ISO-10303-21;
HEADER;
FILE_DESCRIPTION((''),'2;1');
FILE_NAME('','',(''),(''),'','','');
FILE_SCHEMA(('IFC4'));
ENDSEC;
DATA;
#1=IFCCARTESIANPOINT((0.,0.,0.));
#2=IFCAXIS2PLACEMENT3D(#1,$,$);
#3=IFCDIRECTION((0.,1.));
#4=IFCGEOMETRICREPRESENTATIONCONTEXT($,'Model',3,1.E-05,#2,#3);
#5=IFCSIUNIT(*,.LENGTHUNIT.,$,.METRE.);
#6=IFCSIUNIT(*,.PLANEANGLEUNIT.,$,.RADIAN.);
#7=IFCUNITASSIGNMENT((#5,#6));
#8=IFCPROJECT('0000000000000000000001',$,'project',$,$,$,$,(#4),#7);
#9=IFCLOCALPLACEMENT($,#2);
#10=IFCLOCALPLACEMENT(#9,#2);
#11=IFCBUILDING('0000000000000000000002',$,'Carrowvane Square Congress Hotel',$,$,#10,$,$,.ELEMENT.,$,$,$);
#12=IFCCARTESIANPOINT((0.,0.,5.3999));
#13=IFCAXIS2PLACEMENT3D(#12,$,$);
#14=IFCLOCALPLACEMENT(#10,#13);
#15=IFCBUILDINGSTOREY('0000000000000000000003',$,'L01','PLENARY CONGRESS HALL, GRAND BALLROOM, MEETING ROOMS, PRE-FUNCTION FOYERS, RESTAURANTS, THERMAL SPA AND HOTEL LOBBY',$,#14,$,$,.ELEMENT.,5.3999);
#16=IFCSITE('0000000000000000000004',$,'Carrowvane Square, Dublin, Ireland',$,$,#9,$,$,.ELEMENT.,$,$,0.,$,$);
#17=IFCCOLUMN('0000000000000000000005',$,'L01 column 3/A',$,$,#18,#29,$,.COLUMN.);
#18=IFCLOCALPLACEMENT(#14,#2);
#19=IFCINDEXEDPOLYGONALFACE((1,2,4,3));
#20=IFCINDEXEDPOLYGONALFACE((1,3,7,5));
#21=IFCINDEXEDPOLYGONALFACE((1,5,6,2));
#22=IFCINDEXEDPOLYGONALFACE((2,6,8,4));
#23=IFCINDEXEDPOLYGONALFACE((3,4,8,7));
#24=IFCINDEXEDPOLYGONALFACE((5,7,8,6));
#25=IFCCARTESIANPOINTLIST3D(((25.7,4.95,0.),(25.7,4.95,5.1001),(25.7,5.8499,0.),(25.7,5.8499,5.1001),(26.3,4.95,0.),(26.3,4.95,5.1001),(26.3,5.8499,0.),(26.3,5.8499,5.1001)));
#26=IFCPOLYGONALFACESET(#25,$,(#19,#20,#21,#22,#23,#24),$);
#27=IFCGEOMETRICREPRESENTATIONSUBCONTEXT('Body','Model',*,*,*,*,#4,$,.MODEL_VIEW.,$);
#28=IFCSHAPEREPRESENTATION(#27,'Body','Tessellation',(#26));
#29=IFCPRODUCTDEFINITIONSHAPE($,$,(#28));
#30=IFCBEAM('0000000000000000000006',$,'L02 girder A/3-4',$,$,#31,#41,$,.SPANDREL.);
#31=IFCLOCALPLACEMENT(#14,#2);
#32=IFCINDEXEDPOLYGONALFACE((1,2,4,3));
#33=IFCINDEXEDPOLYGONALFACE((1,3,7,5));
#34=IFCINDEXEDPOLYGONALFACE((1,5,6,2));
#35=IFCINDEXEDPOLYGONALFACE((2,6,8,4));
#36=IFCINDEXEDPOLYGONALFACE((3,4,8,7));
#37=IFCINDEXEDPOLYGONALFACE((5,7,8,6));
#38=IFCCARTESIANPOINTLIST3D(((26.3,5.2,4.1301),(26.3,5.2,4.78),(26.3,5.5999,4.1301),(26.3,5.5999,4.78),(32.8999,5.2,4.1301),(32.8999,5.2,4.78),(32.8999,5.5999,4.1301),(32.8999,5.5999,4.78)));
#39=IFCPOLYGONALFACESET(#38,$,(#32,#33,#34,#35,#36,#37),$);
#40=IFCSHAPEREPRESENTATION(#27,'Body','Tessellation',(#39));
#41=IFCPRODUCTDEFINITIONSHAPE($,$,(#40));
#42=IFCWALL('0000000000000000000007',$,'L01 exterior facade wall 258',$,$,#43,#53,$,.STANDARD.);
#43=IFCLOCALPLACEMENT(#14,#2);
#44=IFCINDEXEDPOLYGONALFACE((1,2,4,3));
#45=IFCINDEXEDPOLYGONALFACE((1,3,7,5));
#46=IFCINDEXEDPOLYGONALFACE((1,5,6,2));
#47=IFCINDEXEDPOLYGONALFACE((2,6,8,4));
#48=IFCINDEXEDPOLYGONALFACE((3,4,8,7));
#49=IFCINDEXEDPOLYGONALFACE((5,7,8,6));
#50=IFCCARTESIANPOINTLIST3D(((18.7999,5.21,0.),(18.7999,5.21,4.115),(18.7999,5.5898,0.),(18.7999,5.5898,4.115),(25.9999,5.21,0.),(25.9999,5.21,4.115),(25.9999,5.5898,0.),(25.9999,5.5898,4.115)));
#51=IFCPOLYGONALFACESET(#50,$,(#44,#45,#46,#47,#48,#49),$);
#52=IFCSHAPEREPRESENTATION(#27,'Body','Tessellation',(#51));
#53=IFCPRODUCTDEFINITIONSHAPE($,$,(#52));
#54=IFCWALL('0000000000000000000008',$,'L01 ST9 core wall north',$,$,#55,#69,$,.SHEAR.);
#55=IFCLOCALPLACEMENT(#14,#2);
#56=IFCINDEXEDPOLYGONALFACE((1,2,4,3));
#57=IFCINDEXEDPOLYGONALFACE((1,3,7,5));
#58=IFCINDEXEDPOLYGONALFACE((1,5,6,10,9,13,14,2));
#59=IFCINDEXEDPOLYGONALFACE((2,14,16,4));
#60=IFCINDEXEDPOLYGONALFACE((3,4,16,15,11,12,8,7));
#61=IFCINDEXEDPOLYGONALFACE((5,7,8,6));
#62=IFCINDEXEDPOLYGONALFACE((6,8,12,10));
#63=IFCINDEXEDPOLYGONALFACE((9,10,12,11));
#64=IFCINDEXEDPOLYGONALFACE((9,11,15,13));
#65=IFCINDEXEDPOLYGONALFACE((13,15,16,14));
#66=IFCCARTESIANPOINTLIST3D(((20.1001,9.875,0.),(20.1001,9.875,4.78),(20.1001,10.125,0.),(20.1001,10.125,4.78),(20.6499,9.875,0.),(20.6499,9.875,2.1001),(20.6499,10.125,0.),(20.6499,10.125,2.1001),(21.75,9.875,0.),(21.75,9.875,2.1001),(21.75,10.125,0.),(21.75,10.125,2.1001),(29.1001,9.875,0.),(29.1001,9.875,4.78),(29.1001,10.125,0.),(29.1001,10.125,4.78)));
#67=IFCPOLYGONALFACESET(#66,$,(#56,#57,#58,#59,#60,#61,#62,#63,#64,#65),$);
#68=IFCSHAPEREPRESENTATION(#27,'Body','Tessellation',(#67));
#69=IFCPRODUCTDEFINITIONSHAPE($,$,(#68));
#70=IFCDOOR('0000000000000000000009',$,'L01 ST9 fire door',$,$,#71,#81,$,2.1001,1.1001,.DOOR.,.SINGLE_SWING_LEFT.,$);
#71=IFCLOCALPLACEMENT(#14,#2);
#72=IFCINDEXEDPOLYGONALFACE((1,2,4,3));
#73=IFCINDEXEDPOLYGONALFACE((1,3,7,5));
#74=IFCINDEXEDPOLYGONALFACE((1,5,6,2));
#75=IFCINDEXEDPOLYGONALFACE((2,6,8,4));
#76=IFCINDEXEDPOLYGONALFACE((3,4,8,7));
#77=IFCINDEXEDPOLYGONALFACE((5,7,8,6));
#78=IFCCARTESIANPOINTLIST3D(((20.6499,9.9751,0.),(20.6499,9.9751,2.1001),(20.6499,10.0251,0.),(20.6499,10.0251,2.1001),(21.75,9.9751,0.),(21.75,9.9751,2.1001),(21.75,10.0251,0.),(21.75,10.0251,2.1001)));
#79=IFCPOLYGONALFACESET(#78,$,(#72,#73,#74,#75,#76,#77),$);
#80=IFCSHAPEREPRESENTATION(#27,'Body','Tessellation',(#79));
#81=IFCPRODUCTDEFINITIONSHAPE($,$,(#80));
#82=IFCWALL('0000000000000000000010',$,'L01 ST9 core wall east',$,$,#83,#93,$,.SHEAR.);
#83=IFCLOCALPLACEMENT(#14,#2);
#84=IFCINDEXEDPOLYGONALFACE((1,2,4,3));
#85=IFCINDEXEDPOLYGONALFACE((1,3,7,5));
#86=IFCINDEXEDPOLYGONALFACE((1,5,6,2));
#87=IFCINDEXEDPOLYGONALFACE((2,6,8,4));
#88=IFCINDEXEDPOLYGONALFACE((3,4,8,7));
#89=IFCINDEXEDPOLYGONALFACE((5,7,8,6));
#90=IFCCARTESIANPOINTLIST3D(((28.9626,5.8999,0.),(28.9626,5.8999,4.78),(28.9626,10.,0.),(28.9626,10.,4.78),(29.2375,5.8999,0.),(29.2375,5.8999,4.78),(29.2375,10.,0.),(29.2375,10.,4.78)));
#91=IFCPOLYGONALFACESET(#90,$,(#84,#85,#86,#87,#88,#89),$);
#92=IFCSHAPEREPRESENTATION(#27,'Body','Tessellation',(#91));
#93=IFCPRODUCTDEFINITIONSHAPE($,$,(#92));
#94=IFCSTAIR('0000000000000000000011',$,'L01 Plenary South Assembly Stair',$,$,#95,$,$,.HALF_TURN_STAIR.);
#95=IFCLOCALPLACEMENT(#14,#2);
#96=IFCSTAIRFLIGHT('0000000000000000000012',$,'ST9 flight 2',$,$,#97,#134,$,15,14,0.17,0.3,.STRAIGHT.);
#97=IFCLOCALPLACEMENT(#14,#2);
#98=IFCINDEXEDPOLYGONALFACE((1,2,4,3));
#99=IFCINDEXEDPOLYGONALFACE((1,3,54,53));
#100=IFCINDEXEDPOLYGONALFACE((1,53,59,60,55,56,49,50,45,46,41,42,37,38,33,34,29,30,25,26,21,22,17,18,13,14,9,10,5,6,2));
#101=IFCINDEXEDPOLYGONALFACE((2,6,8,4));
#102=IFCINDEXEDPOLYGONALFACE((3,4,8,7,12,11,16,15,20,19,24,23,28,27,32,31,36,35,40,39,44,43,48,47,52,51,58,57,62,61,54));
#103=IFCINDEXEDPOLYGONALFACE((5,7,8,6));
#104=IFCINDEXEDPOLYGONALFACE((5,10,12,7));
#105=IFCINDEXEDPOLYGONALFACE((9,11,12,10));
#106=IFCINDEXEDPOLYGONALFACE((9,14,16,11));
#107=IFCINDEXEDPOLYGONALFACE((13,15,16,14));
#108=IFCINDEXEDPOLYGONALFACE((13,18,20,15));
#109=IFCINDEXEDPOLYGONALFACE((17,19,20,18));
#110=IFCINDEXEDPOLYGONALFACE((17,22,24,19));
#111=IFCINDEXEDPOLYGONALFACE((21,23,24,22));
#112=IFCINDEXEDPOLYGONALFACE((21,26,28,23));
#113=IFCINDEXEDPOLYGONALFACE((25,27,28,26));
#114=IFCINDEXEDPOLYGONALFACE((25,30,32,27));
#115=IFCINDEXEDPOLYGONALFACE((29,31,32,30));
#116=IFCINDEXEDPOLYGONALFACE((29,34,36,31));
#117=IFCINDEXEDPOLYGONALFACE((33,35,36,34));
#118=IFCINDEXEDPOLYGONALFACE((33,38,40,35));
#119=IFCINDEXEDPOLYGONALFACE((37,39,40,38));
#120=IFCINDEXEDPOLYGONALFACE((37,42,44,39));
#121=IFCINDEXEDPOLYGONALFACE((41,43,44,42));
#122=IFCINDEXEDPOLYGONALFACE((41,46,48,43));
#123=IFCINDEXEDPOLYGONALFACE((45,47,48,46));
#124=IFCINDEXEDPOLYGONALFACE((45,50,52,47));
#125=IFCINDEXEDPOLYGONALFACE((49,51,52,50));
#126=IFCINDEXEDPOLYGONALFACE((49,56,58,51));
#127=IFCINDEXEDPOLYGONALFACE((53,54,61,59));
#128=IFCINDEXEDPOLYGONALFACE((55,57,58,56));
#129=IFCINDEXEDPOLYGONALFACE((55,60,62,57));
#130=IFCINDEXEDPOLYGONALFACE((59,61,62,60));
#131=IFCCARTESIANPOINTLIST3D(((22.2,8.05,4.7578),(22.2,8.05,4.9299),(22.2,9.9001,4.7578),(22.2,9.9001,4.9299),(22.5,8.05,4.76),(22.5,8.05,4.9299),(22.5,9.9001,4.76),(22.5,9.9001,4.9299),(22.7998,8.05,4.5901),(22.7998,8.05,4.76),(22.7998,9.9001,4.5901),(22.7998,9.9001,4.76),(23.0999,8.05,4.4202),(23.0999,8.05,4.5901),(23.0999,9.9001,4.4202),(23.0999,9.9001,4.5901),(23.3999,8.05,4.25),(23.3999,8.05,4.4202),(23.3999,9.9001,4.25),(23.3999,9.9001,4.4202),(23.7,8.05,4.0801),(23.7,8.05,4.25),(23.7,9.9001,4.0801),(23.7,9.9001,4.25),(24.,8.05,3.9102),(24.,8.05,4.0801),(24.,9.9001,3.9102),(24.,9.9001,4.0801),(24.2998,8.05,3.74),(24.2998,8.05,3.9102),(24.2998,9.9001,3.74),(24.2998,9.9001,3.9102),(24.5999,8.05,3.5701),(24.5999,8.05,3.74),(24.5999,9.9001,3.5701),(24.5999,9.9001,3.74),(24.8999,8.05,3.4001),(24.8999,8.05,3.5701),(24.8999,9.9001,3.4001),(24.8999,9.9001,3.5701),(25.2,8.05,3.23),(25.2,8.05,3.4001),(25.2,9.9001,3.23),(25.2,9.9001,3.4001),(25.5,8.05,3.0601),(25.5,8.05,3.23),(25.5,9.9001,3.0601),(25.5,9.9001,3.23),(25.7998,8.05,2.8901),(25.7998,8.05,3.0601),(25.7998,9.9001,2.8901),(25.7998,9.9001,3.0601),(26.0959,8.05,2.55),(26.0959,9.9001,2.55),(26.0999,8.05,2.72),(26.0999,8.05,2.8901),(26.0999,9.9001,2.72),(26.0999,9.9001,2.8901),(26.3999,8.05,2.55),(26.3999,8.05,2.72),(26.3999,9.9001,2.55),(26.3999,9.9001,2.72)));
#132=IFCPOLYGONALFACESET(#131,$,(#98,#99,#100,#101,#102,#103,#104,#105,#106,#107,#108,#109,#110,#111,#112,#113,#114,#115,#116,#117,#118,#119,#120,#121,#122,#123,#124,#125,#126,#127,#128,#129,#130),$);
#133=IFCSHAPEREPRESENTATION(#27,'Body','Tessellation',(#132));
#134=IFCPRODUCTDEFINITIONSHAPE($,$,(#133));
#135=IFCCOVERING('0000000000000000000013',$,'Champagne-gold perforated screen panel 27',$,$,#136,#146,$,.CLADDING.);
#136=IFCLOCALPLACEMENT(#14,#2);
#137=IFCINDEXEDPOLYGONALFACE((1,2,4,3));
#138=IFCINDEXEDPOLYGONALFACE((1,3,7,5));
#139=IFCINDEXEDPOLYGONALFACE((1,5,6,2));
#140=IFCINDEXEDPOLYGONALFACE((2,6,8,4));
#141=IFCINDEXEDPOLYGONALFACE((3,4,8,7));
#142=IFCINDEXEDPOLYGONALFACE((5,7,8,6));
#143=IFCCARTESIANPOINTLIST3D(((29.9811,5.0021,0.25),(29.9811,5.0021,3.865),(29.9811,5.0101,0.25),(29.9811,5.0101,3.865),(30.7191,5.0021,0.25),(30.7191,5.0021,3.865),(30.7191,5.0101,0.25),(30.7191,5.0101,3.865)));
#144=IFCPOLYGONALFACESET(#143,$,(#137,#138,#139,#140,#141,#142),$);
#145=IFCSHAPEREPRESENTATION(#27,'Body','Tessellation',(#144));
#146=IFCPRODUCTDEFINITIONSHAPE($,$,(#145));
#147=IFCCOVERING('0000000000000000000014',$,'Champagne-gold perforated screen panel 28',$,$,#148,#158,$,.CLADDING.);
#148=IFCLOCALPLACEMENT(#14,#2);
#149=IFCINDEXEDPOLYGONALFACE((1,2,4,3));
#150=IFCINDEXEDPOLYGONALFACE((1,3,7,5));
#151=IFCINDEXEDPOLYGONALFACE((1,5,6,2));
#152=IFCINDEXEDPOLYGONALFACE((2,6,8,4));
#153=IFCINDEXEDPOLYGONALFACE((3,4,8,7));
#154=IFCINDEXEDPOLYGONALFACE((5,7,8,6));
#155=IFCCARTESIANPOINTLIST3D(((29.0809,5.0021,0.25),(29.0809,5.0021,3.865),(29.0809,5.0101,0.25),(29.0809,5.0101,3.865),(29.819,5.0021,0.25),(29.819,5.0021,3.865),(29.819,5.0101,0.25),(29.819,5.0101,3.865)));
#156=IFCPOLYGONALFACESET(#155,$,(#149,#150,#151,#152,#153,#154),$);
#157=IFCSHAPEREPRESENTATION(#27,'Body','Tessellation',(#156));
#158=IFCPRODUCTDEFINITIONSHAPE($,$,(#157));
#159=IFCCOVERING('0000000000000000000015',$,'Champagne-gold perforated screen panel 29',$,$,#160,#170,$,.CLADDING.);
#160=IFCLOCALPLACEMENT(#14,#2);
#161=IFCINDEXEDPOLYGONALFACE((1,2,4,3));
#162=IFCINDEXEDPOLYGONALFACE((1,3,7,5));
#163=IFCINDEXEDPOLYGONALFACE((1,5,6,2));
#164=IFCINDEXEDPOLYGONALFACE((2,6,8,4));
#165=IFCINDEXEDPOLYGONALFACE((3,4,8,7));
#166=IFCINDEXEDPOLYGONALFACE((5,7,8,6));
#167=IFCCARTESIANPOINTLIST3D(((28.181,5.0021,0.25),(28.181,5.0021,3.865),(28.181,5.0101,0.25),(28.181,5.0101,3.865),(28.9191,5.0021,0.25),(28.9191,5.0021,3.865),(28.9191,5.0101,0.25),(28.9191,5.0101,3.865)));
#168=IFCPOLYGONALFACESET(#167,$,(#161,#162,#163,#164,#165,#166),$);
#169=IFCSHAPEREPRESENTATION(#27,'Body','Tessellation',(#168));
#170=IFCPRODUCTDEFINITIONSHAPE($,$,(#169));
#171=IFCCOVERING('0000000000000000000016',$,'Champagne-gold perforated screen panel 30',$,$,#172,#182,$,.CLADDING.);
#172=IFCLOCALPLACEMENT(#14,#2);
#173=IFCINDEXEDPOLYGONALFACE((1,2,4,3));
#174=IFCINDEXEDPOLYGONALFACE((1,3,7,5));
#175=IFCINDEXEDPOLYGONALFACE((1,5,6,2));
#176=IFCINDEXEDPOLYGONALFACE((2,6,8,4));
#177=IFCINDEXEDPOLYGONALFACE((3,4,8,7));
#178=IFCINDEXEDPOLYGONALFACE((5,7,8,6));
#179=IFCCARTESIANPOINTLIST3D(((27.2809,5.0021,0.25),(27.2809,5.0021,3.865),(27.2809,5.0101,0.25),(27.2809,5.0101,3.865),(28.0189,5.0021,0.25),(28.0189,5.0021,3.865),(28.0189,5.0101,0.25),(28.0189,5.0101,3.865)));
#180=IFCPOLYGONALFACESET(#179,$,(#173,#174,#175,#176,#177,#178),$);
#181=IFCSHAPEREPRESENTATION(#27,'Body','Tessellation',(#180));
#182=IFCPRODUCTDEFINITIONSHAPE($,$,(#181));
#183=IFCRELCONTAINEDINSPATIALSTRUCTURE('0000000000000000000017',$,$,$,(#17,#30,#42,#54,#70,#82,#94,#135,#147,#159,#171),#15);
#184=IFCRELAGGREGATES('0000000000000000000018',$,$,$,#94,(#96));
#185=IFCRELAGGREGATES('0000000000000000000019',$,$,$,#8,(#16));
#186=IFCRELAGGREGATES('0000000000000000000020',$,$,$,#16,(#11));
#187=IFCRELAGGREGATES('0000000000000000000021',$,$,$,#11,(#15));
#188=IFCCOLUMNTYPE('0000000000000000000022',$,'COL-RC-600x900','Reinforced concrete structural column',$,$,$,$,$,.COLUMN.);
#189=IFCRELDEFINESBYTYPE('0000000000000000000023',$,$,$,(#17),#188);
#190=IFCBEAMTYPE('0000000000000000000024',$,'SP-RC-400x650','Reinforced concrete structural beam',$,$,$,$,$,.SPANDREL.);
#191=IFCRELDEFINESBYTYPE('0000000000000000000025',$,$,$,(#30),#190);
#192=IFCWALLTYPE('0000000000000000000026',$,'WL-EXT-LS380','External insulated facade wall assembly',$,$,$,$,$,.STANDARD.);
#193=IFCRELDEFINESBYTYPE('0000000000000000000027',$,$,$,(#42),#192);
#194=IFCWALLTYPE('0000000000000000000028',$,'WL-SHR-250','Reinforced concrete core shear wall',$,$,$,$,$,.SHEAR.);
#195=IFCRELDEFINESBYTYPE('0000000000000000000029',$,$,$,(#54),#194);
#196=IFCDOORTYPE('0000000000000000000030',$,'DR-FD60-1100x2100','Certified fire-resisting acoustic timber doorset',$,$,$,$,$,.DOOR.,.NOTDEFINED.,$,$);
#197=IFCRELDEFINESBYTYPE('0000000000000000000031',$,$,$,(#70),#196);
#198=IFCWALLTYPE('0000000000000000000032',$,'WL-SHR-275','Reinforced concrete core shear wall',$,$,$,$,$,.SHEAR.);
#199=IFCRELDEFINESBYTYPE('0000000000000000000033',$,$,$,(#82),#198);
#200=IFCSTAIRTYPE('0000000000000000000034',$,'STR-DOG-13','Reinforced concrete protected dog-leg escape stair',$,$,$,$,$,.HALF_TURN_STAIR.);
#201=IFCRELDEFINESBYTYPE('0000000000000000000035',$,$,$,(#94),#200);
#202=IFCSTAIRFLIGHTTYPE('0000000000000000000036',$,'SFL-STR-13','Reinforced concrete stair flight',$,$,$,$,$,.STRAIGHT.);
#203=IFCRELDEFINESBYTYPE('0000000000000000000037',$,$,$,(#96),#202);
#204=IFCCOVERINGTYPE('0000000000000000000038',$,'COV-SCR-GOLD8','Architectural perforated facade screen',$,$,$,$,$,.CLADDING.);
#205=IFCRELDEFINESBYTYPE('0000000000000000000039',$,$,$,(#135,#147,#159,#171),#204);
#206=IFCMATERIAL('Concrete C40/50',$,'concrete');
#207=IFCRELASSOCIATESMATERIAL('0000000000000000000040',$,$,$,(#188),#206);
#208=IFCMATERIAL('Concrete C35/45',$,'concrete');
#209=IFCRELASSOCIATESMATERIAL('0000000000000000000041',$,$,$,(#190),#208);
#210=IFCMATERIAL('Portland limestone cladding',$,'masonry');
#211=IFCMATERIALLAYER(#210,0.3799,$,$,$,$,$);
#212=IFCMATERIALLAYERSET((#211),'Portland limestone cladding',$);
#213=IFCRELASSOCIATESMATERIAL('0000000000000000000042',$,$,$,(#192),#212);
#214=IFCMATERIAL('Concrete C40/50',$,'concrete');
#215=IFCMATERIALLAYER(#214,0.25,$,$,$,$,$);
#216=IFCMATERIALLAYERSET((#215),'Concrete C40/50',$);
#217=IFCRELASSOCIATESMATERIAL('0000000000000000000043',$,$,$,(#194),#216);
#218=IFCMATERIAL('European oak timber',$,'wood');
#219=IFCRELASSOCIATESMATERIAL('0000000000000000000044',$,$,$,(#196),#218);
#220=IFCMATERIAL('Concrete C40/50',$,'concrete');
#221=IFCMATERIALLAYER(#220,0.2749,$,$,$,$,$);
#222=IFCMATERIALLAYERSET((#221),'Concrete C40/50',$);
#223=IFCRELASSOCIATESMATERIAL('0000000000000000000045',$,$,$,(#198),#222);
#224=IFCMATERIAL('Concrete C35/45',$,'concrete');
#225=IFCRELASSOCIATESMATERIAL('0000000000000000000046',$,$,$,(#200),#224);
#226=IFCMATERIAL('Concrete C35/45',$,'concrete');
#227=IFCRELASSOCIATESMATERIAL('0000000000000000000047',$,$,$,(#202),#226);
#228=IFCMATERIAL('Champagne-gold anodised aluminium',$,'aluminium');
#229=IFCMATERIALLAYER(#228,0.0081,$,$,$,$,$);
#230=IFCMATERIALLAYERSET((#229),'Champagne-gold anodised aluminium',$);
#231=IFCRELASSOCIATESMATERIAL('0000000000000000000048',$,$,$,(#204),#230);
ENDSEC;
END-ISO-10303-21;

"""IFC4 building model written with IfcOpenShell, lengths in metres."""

from ifc_helpers import new_model, si_unit, direction, frame, frame_2d, origin, origin_2d, place, context, subcontext, project, spatial, polyline, rectangle, outline, extrude, material, layer, layer_set, material_profile, profile_set, type_object, element, fill, aggregate, save


model = new_model("IFC4")

# Units and contexts
model_context = context("Model", 3, precision=1e-05, world=origin(), true_north=direction((0.0, 1.0)))
body_context = subcontext(model_context, "Body", "Model", "MODEL_VIEW")
ifc_project = project(units=[si_unit("LENGTHUNIT", "METRE"), si_unit("PLANEANGLEUNIT", "RADIAN")], contexts=[model_context])

# Site, building, storey
site_placement = place(None, origin())
site = spatial("IfcSite", under=ifc_project, at=site_placement, Name="Carrowvane Square, Dublin, Ireland", CompositionType="ELEMENT", RefElevation=0.0)
building_placement = place(site_placement, origin())
building = spatial("IfcBuilding", under=site, at=building_placement, Name="Carrowvane Square Congress Hotel", CompositionType="ELEMENT")
storey_placement = place(building_placement, frame((0.0, 0.0, 5.3999)))
storey = spatial("IfcBuildingStorey", under=building, at=storey_placement, Name="L01", Description="PLENARY CONGRESS HALL, GRAND BALLROOM, MEETING ROOMS, PRE-FUNCTION FOYERS, RESTAURANTS, THERMAL SPA AND HOTEL LOBBY", CompositionType="ELEMENT", Elevation=5.3999)

# Column
ifc_material_1 = material(Name="Concrete C40/50", Category="concrete")
ifc_material_profile_1 = material_profile(ifc_material_1, rectangle(XDim=0.6001, YDim=0.8999, at=origin_2d()), Name="RC 600x900")
ifc_profile_set_1 = profile_set([ifc_material_profile_1], Name="Concrete C40/50")
column_type = type_object("IfcColumnType", Name="COL-RC-600x900", Description="Reinforced concrete structural column", PredefinedType="COLUMN", material=ifc_profile_set_1)
column_placement = place(storey_placement, frame((26.0, 5.3999, 0.0), z_axis=(0.0, 0.0, 1.0), x_axis=(1.0, 0.0, 0.0)))
element("IfcColumn", 1, at=column_placement, inside=storey, type_object=column_type, Name="L01 column 3/A", PredefinedType="COLUMN", context=body_context, shape_type="SweptSolid", body=[
    extrude(rectangle(XDim=0.6001, YDim=0.8999, at=origin_2d()), origin(), (0.0, 0.0, 1.0), 5.1001),
])

# Beam
ifc_material_2 = material(Name="Concrete C35/45", Category="concrete")
ifc_material_profile_2 = material_profile(ifc_material_2, rectangle(XDim=0.3999, YDim=0.6499, at=origin_2d()), Name="RC 400x650")
ifc_profile_set_2 = profile_set([ifc_material_profile_2], Name="Concrete C35/45")
beam_type = type_object("IfcBeamType", Name="SP-RC-400x650", Description="Reinforced concrete structural beam", PredefinedType="SPANDREL", material=ifc_profile_set_2)
beam_placement = place(storey_placement, frame((26.3, 5.3999, 4.4551), z_axis=(1.0, 0.0, 0.0), x_axis=(0.0, 1.0, 0.0)))
element("IfcBeam", 2, at=beam_placement, inside=storey, type_object=beam_type, Name="L02 girder A/3-4", PredefinedType="SPANDREL", context=body_context, shape_type="SweptSolid", body=[
    extrude(rectangle(XDim=0.3999, YDim=0.6499, at=origin_2d()), origin(), (0.0, 0.0, 1.0), 6.5999),
])

# Wall
ifc_material_3 = material(Name="Portland limestone cladding", Category="masonry")
ifc_layer_1 = layer(ifc_material_3, 0.3799)
ifc_layer_set_1 = layer_set([ifc_layer_1], Name="Portland limestone cladding")
wall_type_1 = type_object("IfcWallType", Name="WL-EXT-LS380", Description="External insulated facade wall assembly", PredefinedType="STANDARD", material=ifc_layer_set_1)
wall_1_placement = place(storey_placement, frame((26.0, 5.3999, 0.0), z_axis=(0.0, 0.0, 1.0), x_axis=(-1.0, 0.0, 0.0)))
element("IfcWall", 3, at=wall_1_placement, inside=storey, type_object=wall_type_1, Name="L01 exterior facade wall 258", PredefinedType="STANDARD", context=body_context, shape_type="SweptSolid", body=[
    extrude(rectangle(XDim=7.2, YDim=0.3799, at=frame_2d((3.6001, 0.0))), origin(), (0.0, 0.0, 1.0), 4.115),
])

# Wall, opening, door
ifc_material_4 = material(Name="Concrete C40/50", Category="concrete")
ifc_layer_2 = layer(ifc_material_4, 0.25)
ifc_layer_set_2 = layer_set([ifc_layer_2], Name="Concrete C40/50")
wall_type_2 = type_object("IfcWallType", Name="WL-SHR-250", Description="Reinforced concrete core shear wall", PredefinedType="SHEAR", material=ifc_layer_set_2)
wall_2_placement = place(storey_placement, frame((29.1001, 10.0, 0.0), z_axis=(0.0, 0.0, 1.0), x_axis=(-1.0, 0.0, 0.0)))
wall_2 = element("IfcWall", 4, at=wall_2_placement, inside=storey, type_object=wall_type_2, Name="L01 ST9 core wall north", PredefinedType="SHEAR", context=body_context, shape_type="SweptSolid", body=[
    extrude(rectangle(XDim=9.0, YDim=0.25, at=frame_2d((4.5, 0.0))), origin(), (0.0, 0.0, 1.0), 4.78),
])
opening_placement = place(wall_2_placement, frame((7.3501, 0.0, 0.0)))
opening = element("IfcOpeningElement", 5, at=opening_placement, cuts=wall_2, PredefinedType="OPENING", context=body_context, shape_type="SweptSolid", body=[
    extrude(rectangle(XDim=1.1001, YDim=2.1001, at=frame_2d((0.55, 1.05))), frame((0.0, 0.135, 0.0), z_axis=(0.0, -1.0, 0.0), x_axis=(1.0, 0.0, 0.0)), (0.0, 0.0, 1.0), 0.27),
])
ifc_material_5 = material(Name="European oak timber", Category="wood")
door_type = type_object("IfcDoorType", Name="DR-FD60-1100x2100", Description="Certified fire-resisting acoustic timber doorset", OperationType="NOTDEFINED", PredefinedType="DOOR", material=ifc_material_5)
door_placement = place(opening_placement, origin())
door = element("IfcDoor", 6, at=door_placement, inside=storey, type_object=door_type, Name="L01 ST9 fire door", OperationType="SINGLE_SWING_LEFT", OverallHeight=2.1001, OverallWidth=1.1001, PredefinedType="DOOR", context=body_context, shape_type="SweptSolid", body=[
    extrude(rectangle(XDim=1.1001, YDim=2.1001, at=frame_2d((0.55, 1.05))), frame((0.0, 0.0249, 0.0), z_axis=(0.0, -1.0, 0.0), x_axis=(1.0, 0.0, 0.0)), (0.0, 0.0, 1.0), 0.05),
])
fill(opening, door)

# Wall
ifc_material_6 = material(Name="Concrete C40/50", Category="concrete")
ifc_layer_3 = layer(ifc_material_6, 0.2749)
ifc_layer_set_3 = layer_set([ifc_layer_3], Name="Concrete C40/50")
wall_type_3 = type_object("IfcWallType", Name="WL-SHR-275", Description="Reinforced concrete core shear wall", PredefinedType="SHEAR", material=ifc_layer_set_3)
wall_3_placement = place(storey_placement, frame((29.1001, 5.8999, 0.0), z_axis=(0.0, 0.0, 1.0), x_axis=(0.0, 1.0, 0.0)))
element("IfcWall", 7, at=wall_3_placement, inside=storey, type_object=wall_type_3, Name="L01 ST9 core wall east", PredefinedType="SHEAR", context=body_context, shape_type="SweptSolid", body=[
    extrude(rectangle(XDim=4.1001, YDim=0.2749, at=frame_2d((2.05, 0.0))), origin(), (0.0, 0.0, 1.0), 4.78),
])

# Stair, stair flight
ifc_material_7 = material(Name="Concrete C35/45", Category="concrete")
stair_type = type_object("IfcStairType", Name="STR-DOG-13", Description="Reinforced concrete protected dog-leg escape stair", PredefinedType="HALF_TURN_STAIR", material=ifc_material_7)
stair_placement = place(storey_placement, origin())
stair = element("IfcStair", 8, at=stair_placement, inside=storey, type_object=stair_type, Name="L01 Plenary South Assembly Stair", PredefinedType="HALF_TURN_STAIR")
ifc_material_8 = material(Name="Concrete C35/45", Category="concrete")
stair_flight_type = type_object("IfcStairFlightType", Name="SFL-STR-13", Description="Reinforced concrete stair flight", PredefinedType="STRAIGHT", material=ifc_material_8)
stair_flight_placement = place(storey_placement, frame((26.3999, 8.9751, 2.55), z_axis=(0.0, 0.0, 1.0), x_axis=(-1.0, 0.0, 0.0)))
stair_flight = element("IfcStairFlight", 9, at=stair_flight_placement, type_object=stair_flight_type, Name="ST9 flight 2", NumberOfRisers=15, NumberOfTreads=14, PredefinedType="STRAIGHT", RiserHeight=0.17, TreadLength=0.3, context=body_context, shape_type="SweptSolid", body=[
    extrude(outline(polyline([(0.0, 0.0), (0.0, 0.1699), (0.3, 0.1699), (0.3, 0.3401), (0.6001, 0.3401), (0.6001, 0.51), (0.8999, 0.51), (0.8999, 0.6799), (1.2, 0.6799), (1.2, 0.8501), (1.5, 0.8501), (1.5, 1.02), (1.8, 1.02), (1.8, 1.1899), (2.1001, 1.1899), (2.1001, 1.3601), (2.3999, 1.3601), (2.3999, 1.53), (2.7, 1.53), (2.7, 1.7), (3.0, 1.7), (3.0, 1.8701), (3.3, 1.8701), (3.3, 2.04), (3.6001, 2.04), (3.6001, 2.21), (3.8999, 2.21), (3.8999, 2.3799), (4.2, 2.3799), (4.2, 2.55), (4.2, 2.2078), (0.304, 0.0), (0.0, 0.0)])), frame((0.0, 0.925, 0.0), z_axis=(0.0, -1.0, 0.0), x_axis=(1.0, 0.0, 0.0)), (0.0, 0.0, 1.0), 1.8501),
])
aggregate(stair, [stair_flight])

# Coverings
ifc_material_9 = material(Name="Champagne-gold anodised aluminium", Category="aluminium")
ifc_layer_4 = layer(ifc_material_9, 0.0081)
ifc_layer_set_4 = layer_set([ifc_layer_4], Name="Champagne-gold anodised aluminium")
covering_type = type_object("IfcCoveringType", Name="COV-SCR-GOLD8", Description="Architectural perforated facade screen", PredefinedType="CLADDING", material=ifc_layer_set_4)
for number, where, z_axis, x_axis, name in (
    (10, (30.3501, 5.0061, 0.25), (0.0, 0.0, 1.0), (-1.0, 0.0, 0.0), "Champagne-gold perforated screen panel 27"),
    (11, (29.45, 5.0061, 0.25), (0.0, 0.0, 1.0), (-1.0, 0.0, 0.0), "Champagne-gold perforated screen panel 28"),
    (12, (28.55, 5.0061, 0.25), (0.0, 0.0, 1.0), (-1.0, 0.0, 0.0), "Champagne-gold perforated screen panel 29"),
    (13, (27.6499, 5.0061, 0.25), (0.0, 0.0, 1.0), (-1.0, 0.0, 0.0), "Champagne-gold perforated screen panel 30"),
):
    element("IfcCovering", number, at=place(storey_placement, frame(where, z_axis=z_axis, x_axis=x_axis)), inside=storey, type_object=covering_type, Name=name, PredefinedType="CLADDING", context=body_context, shape_type="SweptSolid", body=[
        extrude(rectangle(XDim=0.738, YDim=0.0081, at=origin_2d()), origin(), (0.0, 0.0, 1.0), 3.615),
    ])

save(model, "model.ifc")
